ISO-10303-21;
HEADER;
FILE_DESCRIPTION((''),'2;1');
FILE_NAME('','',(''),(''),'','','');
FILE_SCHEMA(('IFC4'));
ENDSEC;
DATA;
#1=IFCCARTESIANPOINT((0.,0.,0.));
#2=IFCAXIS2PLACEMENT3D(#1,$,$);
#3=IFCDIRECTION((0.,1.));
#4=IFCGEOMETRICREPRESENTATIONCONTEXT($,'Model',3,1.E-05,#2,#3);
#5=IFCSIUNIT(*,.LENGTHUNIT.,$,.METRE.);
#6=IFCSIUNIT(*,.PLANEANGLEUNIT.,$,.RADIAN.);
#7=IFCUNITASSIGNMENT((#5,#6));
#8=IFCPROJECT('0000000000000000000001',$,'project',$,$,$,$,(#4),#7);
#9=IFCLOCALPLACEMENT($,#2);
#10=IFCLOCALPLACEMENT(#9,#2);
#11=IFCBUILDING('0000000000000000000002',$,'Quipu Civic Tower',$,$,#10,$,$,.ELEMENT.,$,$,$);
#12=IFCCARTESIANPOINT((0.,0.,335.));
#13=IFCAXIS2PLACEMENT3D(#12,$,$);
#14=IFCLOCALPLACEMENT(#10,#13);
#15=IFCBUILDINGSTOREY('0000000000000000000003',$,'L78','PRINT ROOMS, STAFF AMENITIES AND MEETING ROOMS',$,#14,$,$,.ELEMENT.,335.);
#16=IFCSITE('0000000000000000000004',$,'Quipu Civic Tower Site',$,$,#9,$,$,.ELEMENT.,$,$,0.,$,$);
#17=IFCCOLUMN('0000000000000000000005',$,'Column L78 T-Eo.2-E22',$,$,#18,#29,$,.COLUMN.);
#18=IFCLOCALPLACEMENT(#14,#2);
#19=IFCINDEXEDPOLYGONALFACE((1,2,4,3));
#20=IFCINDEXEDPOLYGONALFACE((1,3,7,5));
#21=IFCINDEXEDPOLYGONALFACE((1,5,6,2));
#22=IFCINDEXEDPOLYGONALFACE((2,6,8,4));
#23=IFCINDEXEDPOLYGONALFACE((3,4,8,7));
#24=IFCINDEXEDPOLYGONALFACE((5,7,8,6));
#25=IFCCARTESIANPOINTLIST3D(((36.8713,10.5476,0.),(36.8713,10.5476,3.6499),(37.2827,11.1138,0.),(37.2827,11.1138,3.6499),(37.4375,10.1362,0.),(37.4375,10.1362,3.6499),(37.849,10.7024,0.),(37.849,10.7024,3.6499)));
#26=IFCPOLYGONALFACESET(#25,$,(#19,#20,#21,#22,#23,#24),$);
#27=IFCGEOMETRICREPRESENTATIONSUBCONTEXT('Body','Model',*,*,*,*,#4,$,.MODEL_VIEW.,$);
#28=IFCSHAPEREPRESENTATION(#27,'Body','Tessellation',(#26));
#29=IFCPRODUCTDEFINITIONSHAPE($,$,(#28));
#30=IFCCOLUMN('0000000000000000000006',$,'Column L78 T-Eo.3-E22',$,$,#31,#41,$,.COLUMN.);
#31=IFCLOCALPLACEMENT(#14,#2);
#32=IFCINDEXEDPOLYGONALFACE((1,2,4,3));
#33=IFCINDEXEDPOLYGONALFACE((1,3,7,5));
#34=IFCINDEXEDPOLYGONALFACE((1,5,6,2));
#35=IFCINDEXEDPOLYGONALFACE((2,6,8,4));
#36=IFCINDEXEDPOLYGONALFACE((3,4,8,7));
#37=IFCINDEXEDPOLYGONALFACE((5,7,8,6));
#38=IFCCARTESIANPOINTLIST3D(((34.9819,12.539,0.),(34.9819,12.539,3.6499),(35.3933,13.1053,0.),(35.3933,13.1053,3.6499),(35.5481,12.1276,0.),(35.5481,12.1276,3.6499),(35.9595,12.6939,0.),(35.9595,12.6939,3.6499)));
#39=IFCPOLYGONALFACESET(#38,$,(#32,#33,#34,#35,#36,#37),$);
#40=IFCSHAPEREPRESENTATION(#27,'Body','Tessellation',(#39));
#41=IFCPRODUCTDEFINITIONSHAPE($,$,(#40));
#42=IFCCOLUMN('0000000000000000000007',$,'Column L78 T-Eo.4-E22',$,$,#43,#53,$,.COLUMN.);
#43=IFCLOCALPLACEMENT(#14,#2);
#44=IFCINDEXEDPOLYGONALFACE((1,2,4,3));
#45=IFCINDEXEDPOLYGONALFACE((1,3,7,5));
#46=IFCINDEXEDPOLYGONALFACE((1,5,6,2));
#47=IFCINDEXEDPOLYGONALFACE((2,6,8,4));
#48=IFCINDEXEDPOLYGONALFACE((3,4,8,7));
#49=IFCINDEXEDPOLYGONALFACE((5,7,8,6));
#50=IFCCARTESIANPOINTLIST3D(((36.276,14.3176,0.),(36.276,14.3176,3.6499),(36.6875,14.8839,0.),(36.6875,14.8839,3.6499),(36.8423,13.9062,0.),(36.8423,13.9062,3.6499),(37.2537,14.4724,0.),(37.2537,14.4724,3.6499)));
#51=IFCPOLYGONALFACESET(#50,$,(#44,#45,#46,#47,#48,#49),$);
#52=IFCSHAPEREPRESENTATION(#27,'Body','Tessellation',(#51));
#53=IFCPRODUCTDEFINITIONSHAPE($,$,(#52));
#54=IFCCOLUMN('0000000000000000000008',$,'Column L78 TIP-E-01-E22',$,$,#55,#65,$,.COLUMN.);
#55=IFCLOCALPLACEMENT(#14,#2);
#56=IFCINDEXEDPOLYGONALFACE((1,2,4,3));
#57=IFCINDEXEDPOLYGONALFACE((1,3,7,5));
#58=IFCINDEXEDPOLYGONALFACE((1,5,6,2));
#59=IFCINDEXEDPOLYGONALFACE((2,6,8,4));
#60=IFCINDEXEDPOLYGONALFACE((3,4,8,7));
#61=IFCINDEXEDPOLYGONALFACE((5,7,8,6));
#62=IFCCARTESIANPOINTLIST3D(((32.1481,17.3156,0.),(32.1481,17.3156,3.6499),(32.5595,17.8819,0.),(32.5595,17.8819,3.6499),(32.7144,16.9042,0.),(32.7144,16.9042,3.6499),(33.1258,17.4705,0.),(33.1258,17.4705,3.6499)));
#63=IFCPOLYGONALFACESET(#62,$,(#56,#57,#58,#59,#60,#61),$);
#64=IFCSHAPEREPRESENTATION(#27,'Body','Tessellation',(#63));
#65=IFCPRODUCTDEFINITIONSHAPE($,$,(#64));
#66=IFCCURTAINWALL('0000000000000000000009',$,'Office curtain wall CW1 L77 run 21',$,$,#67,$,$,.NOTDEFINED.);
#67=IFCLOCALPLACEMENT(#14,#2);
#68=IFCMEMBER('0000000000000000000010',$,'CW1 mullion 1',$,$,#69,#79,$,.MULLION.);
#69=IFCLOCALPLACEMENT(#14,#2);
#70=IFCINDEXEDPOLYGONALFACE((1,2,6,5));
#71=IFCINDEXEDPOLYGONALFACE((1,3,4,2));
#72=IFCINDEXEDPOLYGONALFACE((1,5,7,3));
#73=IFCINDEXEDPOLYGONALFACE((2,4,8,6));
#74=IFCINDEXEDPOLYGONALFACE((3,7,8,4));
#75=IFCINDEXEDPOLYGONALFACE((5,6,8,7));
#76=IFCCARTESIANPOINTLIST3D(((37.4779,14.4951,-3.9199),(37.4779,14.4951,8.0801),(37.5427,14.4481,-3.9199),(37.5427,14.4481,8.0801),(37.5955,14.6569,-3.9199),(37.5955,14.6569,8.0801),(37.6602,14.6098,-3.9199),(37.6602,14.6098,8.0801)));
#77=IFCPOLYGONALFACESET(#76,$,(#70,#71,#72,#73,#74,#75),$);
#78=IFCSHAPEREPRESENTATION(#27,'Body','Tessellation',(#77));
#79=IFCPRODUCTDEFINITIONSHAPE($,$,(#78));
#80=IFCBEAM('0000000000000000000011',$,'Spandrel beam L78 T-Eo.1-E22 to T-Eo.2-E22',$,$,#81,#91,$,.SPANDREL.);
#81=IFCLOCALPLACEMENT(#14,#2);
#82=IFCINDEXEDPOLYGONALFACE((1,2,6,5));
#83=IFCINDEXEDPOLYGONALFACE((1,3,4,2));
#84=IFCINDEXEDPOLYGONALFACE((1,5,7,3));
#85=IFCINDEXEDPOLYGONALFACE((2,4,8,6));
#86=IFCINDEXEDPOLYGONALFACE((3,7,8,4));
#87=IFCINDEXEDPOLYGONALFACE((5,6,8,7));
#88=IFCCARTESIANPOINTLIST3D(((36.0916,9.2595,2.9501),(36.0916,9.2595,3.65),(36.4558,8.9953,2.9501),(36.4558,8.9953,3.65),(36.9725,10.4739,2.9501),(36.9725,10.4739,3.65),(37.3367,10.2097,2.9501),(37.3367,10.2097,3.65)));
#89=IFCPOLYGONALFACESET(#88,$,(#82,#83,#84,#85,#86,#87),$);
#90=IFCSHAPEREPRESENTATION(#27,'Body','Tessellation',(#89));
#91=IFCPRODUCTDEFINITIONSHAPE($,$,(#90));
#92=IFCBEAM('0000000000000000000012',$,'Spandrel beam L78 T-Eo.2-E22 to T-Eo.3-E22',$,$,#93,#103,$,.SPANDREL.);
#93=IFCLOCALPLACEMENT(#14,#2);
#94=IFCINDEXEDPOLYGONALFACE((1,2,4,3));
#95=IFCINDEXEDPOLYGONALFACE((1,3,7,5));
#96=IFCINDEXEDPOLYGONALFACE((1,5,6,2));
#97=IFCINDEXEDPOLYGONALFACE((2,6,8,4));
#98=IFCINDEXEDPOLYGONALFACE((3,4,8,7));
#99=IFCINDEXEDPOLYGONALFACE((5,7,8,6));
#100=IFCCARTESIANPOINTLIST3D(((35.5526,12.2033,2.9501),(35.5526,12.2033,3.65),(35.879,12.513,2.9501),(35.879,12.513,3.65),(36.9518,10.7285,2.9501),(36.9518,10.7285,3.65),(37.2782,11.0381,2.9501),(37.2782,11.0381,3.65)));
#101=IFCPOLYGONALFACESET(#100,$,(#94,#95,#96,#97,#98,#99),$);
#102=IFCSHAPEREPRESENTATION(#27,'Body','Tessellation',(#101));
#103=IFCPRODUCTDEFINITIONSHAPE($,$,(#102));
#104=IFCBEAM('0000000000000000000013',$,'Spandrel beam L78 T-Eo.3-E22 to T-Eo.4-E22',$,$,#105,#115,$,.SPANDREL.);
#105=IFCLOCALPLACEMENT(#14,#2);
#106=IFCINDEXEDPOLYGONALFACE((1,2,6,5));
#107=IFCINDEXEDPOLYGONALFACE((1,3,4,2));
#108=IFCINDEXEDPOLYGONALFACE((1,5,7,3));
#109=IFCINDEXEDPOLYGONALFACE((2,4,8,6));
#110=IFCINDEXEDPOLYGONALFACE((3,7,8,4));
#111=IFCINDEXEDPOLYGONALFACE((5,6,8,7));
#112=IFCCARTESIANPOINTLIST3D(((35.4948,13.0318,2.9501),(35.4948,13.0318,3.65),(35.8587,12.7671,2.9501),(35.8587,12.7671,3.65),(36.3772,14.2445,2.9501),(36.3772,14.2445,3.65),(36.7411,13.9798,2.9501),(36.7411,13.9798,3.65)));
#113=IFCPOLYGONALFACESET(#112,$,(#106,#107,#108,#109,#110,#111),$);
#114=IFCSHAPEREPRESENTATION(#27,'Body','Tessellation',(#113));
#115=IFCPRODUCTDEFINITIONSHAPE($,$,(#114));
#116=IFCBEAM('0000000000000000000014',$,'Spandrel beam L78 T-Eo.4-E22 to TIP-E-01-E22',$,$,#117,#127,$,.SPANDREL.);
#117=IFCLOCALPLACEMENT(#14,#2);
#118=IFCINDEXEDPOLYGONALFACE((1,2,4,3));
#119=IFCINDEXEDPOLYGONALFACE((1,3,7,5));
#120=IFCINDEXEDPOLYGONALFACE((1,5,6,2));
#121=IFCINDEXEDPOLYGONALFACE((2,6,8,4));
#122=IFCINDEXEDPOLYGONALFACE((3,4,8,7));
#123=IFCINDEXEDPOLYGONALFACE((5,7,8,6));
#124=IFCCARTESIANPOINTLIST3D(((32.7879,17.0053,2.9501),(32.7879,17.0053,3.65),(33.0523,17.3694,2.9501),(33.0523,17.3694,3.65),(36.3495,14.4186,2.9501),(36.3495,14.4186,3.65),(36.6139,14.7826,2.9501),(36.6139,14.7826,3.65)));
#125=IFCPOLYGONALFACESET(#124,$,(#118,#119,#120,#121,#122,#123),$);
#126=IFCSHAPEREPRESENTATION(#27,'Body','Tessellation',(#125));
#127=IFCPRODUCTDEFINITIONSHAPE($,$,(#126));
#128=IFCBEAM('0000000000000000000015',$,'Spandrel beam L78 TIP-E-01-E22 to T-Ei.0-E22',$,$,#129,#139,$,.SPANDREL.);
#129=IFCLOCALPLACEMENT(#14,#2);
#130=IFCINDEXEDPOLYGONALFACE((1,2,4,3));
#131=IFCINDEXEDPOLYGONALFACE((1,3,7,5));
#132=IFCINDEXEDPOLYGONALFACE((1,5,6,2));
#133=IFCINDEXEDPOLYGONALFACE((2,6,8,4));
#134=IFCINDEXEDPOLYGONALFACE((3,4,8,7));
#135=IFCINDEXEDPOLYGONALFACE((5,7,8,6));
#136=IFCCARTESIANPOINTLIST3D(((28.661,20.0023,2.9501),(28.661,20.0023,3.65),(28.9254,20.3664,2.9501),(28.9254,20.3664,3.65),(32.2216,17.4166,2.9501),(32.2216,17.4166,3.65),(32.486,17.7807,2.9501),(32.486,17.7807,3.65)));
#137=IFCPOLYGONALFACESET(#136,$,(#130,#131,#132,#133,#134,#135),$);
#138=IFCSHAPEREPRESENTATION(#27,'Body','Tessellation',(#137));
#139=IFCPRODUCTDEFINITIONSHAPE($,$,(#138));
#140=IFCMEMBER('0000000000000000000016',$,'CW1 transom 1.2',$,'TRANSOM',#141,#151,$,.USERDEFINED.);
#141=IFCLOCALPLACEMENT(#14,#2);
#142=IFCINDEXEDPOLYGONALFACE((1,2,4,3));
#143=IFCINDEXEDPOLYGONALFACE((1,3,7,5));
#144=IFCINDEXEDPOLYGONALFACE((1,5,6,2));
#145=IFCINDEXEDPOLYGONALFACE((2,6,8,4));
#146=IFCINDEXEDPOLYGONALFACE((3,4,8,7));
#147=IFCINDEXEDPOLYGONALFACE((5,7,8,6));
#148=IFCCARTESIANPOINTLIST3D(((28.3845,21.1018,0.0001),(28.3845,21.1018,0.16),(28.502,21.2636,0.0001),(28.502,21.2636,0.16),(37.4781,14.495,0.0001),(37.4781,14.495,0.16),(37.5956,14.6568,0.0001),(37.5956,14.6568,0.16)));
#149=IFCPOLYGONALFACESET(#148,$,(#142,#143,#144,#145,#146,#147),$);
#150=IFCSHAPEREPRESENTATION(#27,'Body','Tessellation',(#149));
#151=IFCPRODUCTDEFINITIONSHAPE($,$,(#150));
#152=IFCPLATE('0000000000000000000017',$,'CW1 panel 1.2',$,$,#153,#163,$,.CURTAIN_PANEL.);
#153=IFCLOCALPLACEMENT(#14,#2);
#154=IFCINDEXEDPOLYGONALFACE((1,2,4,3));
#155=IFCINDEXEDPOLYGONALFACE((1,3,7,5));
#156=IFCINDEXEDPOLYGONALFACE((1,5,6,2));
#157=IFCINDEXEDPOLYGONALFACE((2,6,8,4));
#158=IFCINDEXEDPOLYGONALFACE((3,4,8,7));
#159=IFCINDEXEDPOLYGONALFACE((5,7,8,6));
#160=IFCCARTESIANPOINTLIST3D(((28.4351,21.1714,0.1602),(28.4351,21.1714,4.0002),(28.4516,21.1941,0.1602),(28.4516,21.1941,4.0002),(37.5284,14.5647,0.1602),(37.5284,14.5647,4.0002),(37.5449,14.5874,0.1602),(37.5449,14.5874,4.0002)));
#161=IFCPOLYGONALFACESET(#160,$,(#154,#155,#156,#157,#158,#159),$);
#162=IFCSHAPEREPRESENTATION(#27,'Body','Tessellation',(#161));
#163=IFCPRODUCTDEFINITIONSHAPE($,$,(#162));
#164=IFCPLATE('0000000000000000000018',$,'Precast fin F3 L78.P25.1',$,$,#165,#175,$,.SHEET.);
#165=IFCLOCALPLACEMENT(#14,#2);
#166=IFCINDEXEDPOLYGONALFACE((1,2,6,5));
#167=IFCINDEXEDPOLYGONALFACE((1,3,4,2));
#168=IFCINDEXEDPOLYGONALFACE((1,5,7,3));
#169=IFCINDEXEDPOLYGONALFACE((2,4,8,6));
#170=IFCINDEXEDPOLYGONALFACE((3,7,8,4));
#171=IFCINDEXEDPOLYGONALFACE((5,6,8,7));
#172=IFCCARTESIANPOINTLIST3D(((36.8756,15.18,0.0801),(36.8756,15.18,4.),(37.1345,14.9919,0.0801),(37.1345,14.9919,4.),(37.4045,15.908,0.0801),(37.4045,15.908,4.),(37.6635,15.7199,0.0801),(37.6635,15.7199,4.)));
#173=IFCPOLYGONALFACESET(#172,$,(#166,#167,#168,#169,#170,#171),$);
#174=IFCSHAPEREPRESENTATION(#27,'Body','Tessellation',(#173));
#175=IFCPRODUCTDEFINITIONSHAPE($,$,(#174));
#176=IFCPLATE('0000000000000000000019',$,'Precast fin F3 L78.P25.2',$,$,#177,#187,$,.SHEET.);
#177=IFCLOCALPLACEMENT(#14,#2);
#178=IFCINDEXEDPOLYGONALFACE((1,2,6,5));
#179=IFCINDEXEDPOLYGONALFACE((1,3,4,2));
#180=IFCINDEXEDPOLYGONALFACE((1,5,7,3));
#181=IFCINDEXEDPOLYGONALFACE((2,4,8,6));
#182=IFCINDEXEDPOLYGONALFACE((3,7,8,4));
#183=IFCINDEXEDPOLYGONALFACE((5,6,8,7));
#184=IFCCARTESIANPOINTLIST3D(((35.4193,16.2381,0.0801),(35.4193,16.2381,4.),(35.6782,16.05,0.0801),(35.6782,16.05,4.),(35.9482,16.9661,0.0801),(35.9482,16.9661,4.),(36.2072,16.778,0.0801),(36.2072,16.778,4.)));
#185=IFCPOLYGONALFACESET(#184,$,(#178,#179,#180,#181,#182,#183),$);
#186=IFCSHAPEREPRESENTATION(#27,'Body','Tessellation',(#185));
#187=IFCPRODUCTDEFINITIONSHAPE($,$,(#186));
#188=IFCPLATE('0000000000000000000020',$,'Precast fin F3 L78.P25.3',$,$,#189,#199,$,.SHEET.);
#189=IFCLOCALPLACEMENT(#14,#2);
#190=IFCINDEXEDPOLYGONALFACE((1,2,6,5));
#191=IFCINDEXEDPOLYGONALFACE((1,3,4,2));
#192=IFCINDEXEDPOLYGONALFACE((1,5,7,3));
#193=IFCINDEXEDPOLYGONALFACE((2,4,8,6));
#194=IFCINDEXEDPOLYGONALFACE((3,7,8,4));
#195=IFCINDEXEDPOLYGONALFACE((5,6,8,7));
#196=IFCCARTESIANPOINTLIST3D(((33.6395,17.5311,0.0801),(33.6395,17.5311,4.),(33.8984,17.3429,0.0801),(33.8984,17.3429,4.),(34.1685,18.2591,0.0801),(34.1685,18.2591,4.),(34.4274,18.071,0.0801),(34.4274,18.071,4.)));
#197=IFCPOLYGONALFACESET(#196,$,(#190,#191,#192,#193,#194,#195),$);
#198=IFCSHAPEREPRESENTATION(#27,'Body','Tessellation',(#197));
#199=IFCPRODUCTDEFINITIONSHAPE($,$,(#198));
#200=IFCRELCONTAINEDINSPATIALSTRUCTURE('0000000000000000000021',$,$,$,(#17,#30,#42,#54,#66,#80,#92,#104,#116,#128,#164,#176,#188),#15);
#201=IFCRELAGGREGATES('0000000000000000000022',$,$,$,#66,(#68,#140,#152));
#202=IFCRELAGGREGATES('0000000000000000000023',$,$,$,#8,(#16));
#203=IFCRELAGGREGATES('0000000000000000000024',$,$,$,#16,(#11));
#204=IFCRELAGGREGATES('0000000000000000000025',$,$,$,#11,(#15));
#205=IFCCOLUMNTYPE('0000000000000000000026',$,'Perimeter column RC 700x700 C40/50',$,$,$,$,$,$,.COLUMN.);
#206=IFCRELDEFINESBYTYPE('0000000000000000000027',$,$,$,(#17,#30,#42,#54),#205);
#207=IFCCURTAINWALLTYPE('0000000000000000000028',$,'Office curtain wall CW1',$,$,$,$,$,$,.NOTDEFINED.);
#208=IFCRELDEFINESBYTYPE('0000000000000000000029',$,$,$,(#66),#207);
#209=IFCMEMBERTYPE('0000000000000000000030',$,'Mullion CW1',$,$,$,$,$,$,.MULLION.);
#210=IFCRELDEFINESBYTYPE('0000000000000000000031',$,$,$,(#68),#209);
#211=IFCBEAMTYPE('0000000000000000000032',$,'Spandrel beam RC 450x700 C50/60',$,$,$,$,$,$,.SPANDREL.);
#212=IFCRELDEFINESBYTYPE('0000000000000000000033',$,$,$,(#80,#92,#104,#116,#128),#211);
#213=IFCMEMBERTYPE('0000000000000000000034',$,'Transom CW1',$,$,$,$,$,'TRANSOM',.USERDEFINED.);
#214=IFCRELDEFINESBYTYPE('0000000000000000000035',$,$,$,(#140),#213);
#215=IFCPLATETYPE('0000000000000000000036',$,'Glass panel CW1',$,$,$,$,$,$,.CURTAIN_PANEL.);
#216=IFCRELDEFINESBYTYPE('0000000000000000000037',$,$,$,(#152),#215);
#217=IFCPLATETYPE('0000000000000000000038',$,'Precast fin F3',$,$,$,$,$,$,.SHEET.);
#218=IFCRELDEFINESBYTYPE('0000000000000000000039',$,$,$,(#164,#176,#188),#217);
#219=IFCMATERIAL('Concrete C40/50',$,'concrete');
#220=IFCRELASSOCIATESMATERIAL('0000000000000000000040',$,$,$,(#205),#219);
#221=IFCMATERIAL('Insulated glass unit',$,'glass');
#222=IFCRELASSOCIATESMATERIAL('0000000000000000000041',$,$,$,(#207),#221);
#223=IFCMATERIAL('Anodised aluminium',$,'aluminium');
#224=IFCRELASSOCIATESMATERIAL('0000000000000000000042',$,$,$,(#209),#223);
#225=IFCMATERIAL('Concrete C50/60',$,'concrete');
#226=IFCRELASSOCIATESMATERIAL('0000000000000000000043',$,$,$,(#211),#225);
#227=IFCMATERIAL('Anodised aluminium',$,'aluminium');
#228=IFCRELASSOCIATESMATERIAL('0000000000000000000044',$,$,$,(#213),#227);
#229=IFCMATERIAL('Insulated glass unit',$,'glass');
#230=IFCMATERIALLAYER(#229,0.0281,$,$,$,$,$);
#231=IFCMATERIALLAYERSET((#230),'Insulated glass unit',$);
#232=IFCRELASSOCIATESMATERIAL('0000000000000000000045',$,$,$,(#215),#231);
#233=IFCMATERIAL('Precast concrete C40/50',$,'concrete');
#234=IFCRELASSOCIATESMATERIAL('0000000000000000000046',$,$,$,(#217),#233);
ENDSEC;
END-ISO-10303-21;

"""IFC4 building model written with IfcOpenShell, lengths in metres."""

from ifc_helpers import new_model, si_unit, direction, frame, origin, origin_2d, place, context, subcontext, project, spatial, rectangle, extrude, material, layer, layer_set, material_profile, profile_set, type_object, element, aggregate, save


model = new_model("IFC4")

# Units and contexts
model_context = context("Model", 3, precision=1e-05, world=origin(), true_north=direction((0.0, 1.0)))
body_context = subcontext(model_context, "Body", "Model", "MODEL_VIEW")
ifc_project = project(units=[si_unit("LENGTHUNIT", "METRE"), si_unit("PLANEANGLEUNIT", "RADIAN")], contexts=[model_context])

# Site, building, storey
site_placement = place(None, origin())
site = spatial("IfcSite", under=ifc_project, at=site_placement, Name="Quipu Civic Tower Site", CompositionType="ELEMENT", RefElevation=0.0)
building_placement = place(site_placement, origin())
building = spatial("IfcBuilding", under=site, at=building_placement, Name="Quipu Civic Tower", CompositionType="ELEMENT")
storey_placement = place(building_placement, frame((0.0, 0.0, 335.0)))
storey = spatial("IfcBuildingStorey", under=building, at=storey_placement, Name="L78", Description="PRINT ROOMS, STAFF AMENITIES AND MEETING ROOMS", CompositionType="ELEMENT", Elevation=335.0)

# Columns
ifc_material_1 = material(Name="Concrete C40/50", Category="concrete")
ifc_material_profile_1 = material_profile(ifc_material_1, rectangle(XDim=0.7, YDim=0.7, at=origin_2d()), Name="RC700x700")
ifc_profile_set_1 = profile_set([ifc_material_profile_1], Name="Concrete C40/50")
column_type = type_object("IfcColumnType", Name="Perimeter column RC 700x700 C40/50", PredefinedType="COLUMN", material=ifc_profile_set_1)
for number, where, z_axis, x_axis, name in (
    (1, (37.3601, 10.625, 0.0), (0.0, 0.0, 1.0), (0.587785, 0.809017, 0.0), "Column L78 T-Eo.2-E22"),
    (2, (35.4707, 12.6165, 0.0), (0.0, 0.0, 1.0), (-0.809017, 0.587785, 0.0), "Column L78 T-Eo.3-E22"),
    (3, (36.7649, 14.395, 0.0), (0.0, 0.0, 1.0), (-0.809017, 0.587785, 0.0), "Column L78 T-Eo.4-E22"),
    (4, (32.637, 17.3931, 0.0), (0.0, 0.0, 1.0), (-0.809017, 0.587785, 0.0), "Column L78 TIP-E-01-E22"),
):
    element("IfcColumn", number, at=place(storey_placement, frame(where, z_axis=z_axis, x_axis=x_axis)), inside=storey, type_object=column_type, Name=name, PredefinedType="COLUMN", context=body_context, shape_type="SweptSolid", body=[
        extrude(rectangle(XDim=0.7, YDim=0.7, at=origin_2d()), origin(), (0.0, 0.0, 1.0), 3.6499),
    ])

# Curtain wall, member
ifc_material_2 = material(Name="Insulated glass unit", Category="glass")
curtain_wall_type = type_object("IfcCurtainWallType", Name="Office curtain wall CW1", PredefinedType="NOTDEFINED", material=ifc_material_2)
curtain_wall_placement = place(storey_placement, origin())
curtain_wall = element("IfcCurtainWall", 5, at=curtain_wall_placement, inside=storey, type_object=curtain_wall_type, Name="Office curtain wall CW1 L77 run 21", PredefinedType="NOTDEFINED")
ifc_material_3 = material(Name="Anodised aluminium", Category="aluminium")
ifc_material_profile_2 = material_profile(ifc_material_3, rectangle(XDim=0.2, YDim=0.0801, at=origin_2d()), Name="RECT 200x80")
ifc_profile_set_2 = profile_set([ifc_material_profile_2], Name="Anodised aluminium")
member_type_1 = type_object("IfcMemberType", Name="Mullion CW1", PredefinedType="MULLION", material=ifc_profile_set_2)
member_1_placement = place(storey_placement, frame((37.5691, 14.5525, -3.9199), z_axis=(0.0, 0.0, 1.0), x_axis=(-0.587788, -0.809015, 0.0)))
member_1 = element("IfcMember", 6, at=member_1_placement, type_object=member_type_1, Name="CW1 mullion 1", PredefinedType="MULLION", context=body_context, shape_type="SweptSolid", body=[
    extrude(rectangle(XDim=0.2, YDim=0.0801, at=origin_2d()), origin(), (0.0, 0.0, 1.0), 12.0),
])

# Beams
ifc_material_4 = material(Name="Concrete C50/60", Category="concrete")
ifc_material_profile_3 = material_profile(ifc_material_4, rectangle(XDim=0.45, YDim=0.7, at=origin_2d()), Name="RC450x700")
ifc_profile_set_3 = profile_set([ifc_material_profile_3], Name="Concrete C50/60")
beam_type = type_object("IfcBeamType", Name="Spandrel beam RC 450x700 C50/60", PredefinedType="SPANDREL", material=ifc_profile_set_3)
beam_1_placement = place(storey_placement, frame((36.2737, 9.1274, 3.3), z_axis=(0.587165, 0.809467, 0.0), x_axis=(-0.809467, 0.587165, 0.0)))
element("IfcBeam", 7, at=beam_1_placement, inside=storey, type_object=beam_type, Name="Spandrel beam L78 T-Eo.1-E22 to T-Eo.2-E22", PredefinedType="SPANDREL", context=body_context, shape_type="SweptSolid", body=[
    extrude(rectangle(XDim=0.45, YDim=0.7, at=origin_2d()), origin(), (0.0, 0.0, 1.0), 1.5002),
])
beam_2_placement = place(storey_placement, frame((37.115, 10.8833, 3.3), z_axis=(-0.688247, 0.725476, 0.0), x_axis=(-0.725476, -0.688247, 0.0)))
element("IfcBeam", 8, at=beam_2_placement, inside=storey, type_object=beam_type, Name="Spandrel beam L78 T-Eo.2-E22 to T-Eo.3-E22", PredefinedType="SPANDREL", context=body_context, shape_type="SweptSolid", body=[
    extrude(rectangle(XDim=0.45, YDim=0.7, at=origin_2d()), origin(), (0.0, 0.0, 1.0), 2.033),
])
beam_3_placement = place(storey_placement, frame((35.6768, 12.8994, 3.3), z_axis=(0.588346, 0.808609, 0.0), x_axis=(-0.808609, 0.588346, 0.0)))
element("IfcBeam", 9, at=beam_3_placement, inside=storey, type_object=beam_type, Name="Spandrel beam L78 T-Eo.3-E22 to T-Eo.4-E22", PredefinedType="SPANDREL", context=body_context, shape_type="SweptSolid", body=[
    extrude(rectangle(XDim=0.45, YDim=0.7, at=origin_2d()), origin(), (0.0, 0.0, 1.0), 1.4998),
])
beam_4_placement = place(storey_placement, frame((36.4817, 14.6006, 3.3), z_axis=(-0.809117, 0.587647, 0.0), x_axis=(-0.587647, -0.809117, 0.0)))
element("IfcBeam", 10, at=beam_4_placement, inside=storey, type_object=beam_type, Name="Spandrel beam L78 T-Eo.4-E22 to TIP-E-01-E22", PredefinedType="SPANDREL", context=body_context, shape_type="SweptSolid", body=[
    extrude(rectangle(XDim=0.45, YDim=0.7, at=origin_2d()), origin(), (0.0, 0.0, 1.0), 4.4019),
])
beam_5_placement = place(storey_placement, frame((32.3538, 17.5986, 3.3), z_axis=(-0.809146, 0.587607, 0.0), x_axis=(-0.587607, -0.809146, 0.0)))
element("IfcBeam", 11, at=beam_5_placement, inside=storey, type_object=beam_type, Name="Spandrel beam L78 TIP-E-01-E22 to T-Ei.0-E22", PredefinedType="SPANDREL", context=body_context, shape_type="SweptSolid", body=[
    extrude(rectangle(XDim=0.45, YDim=0.7, at=origin_2d()), origin(), (0.0, 0.0, 1.0), 4.4004),
])

# Member
ifc_material_5 = material(Name="Anodised aluminium", Category="aluminium")
ifc_material_profile_4 = material_profile(ifc_material_5, rectangle(XDim=0.2, YDim=0.1599, at=origin_2d()), Name="RECT 200x160")
ifc_profile_set_4 = profile_set([ifc_material_profile_4], Name="Anodised aluminium")
member_type_2 = type_object("IfcMemberType", Name="Transom CW1", ElementType="TRANSOM", PredefinedType="USERDEFINED", material=ifc_profile_set_4)
member_2_placement = place(storey_placement, frame((37.5369, 14.5759, 0.0801), z_axis=(-0.809022, 0.587778, 0.0), x_axis=(-0.587778, -0.809022, 0.0)))
member_2 = element("IfcMember", 12, at=member_2_placement, type_object=member_type_2, Name="CW1 transom 1.2", ObjectType="TRANSOM", PredefinedType="USERDEFINED", context=body_context, shape_type="SweptSolid", body=[
    extrude(rectangle(XDim=0.2, YDim=0.1599, at=origin_2d()), origin(), (0.0, 0.0, 1.0), 11.2402),
])

# Plate
ifc_material_6 = material(Name="Insulated glass unit", Category="glass")
ifc_layer_1 = layer(ifc_material_6, 0.0281)
ifc_layer_set_1 = layer_set([ifc_layer_1], Name="Insulated glass unit")
plate_type_1 = type_object("IfcPlateType", Name="Glass panel CW1", PredefinedType="CURTAIN_PANEL", material=ifc_layer_set_1)
plate_placement = place(storey_placement, frame((32.99, 17.8794, 0.1602), z_axis=(0.0, 0.0, 1.0), x_axis=(-0.809015, 0.587788, 0.0)))
plate = element("IfcPlate", 13, at=plate_placement, type_object=plate_type_1, Name="CW1 panel 1.2", PredefinedType="CURTAIN_PANEL", context=body_context, shape_type="SweptSolid", body=[
    extrude(rectangle(XDim=11.24, YDim=0.0281, at=origin_2d()), origin(), (0.0, 0.0, 1.0), 3.8401),
])
aggregate(curtain_wall, [member_1, member_2, plate])

# Plates
ifc_material_7 = material(Name="Precast concrete C40/50", Category="concrete")
plate_type_2 = type_object("IfcPlateType", Name="Precast fin F3", PredefinedType="SHEET", material=ifc_material_7)
for number, where, z_axis, x_axis, name in (
    (14, (37.2695, 15.45, 0.0801), (0.0, 0.0, 1.0), (-0.809017, 0.587785, 0.0), "Precast fin F3 L78.P25.1"),
    (15, (35.8132, 16.5081, 0.0801), (0.0, 0.0, 1.0), (-0.809017, 0.587785, 0.0), "Precast fin F3 L78.P25.2"),
    (16, (34.0334, 17.801, 0.0801), (0.0, 0.0, 1.0), (-0.809017, 0.587785, 0.0), "Precast fin F3 L78.P25.3"),
):
    element("IfcPlate", number, at=place(storey_placement, frame(where, z_axis=z_axis, x_axis=x_axis)), inside=storey, type_object=plate_type_2, Name=name, PredefinedType="SHEET", context=body_context, shape_type="SweptSolid", body=[
        extrude(rectangle(XDim=0.3201, YDim=0.8999, at=origin_2d()), origin(), (0.0, 0.0, 1.0), 3.9199),
    ])

save(model, "model.ifc")
